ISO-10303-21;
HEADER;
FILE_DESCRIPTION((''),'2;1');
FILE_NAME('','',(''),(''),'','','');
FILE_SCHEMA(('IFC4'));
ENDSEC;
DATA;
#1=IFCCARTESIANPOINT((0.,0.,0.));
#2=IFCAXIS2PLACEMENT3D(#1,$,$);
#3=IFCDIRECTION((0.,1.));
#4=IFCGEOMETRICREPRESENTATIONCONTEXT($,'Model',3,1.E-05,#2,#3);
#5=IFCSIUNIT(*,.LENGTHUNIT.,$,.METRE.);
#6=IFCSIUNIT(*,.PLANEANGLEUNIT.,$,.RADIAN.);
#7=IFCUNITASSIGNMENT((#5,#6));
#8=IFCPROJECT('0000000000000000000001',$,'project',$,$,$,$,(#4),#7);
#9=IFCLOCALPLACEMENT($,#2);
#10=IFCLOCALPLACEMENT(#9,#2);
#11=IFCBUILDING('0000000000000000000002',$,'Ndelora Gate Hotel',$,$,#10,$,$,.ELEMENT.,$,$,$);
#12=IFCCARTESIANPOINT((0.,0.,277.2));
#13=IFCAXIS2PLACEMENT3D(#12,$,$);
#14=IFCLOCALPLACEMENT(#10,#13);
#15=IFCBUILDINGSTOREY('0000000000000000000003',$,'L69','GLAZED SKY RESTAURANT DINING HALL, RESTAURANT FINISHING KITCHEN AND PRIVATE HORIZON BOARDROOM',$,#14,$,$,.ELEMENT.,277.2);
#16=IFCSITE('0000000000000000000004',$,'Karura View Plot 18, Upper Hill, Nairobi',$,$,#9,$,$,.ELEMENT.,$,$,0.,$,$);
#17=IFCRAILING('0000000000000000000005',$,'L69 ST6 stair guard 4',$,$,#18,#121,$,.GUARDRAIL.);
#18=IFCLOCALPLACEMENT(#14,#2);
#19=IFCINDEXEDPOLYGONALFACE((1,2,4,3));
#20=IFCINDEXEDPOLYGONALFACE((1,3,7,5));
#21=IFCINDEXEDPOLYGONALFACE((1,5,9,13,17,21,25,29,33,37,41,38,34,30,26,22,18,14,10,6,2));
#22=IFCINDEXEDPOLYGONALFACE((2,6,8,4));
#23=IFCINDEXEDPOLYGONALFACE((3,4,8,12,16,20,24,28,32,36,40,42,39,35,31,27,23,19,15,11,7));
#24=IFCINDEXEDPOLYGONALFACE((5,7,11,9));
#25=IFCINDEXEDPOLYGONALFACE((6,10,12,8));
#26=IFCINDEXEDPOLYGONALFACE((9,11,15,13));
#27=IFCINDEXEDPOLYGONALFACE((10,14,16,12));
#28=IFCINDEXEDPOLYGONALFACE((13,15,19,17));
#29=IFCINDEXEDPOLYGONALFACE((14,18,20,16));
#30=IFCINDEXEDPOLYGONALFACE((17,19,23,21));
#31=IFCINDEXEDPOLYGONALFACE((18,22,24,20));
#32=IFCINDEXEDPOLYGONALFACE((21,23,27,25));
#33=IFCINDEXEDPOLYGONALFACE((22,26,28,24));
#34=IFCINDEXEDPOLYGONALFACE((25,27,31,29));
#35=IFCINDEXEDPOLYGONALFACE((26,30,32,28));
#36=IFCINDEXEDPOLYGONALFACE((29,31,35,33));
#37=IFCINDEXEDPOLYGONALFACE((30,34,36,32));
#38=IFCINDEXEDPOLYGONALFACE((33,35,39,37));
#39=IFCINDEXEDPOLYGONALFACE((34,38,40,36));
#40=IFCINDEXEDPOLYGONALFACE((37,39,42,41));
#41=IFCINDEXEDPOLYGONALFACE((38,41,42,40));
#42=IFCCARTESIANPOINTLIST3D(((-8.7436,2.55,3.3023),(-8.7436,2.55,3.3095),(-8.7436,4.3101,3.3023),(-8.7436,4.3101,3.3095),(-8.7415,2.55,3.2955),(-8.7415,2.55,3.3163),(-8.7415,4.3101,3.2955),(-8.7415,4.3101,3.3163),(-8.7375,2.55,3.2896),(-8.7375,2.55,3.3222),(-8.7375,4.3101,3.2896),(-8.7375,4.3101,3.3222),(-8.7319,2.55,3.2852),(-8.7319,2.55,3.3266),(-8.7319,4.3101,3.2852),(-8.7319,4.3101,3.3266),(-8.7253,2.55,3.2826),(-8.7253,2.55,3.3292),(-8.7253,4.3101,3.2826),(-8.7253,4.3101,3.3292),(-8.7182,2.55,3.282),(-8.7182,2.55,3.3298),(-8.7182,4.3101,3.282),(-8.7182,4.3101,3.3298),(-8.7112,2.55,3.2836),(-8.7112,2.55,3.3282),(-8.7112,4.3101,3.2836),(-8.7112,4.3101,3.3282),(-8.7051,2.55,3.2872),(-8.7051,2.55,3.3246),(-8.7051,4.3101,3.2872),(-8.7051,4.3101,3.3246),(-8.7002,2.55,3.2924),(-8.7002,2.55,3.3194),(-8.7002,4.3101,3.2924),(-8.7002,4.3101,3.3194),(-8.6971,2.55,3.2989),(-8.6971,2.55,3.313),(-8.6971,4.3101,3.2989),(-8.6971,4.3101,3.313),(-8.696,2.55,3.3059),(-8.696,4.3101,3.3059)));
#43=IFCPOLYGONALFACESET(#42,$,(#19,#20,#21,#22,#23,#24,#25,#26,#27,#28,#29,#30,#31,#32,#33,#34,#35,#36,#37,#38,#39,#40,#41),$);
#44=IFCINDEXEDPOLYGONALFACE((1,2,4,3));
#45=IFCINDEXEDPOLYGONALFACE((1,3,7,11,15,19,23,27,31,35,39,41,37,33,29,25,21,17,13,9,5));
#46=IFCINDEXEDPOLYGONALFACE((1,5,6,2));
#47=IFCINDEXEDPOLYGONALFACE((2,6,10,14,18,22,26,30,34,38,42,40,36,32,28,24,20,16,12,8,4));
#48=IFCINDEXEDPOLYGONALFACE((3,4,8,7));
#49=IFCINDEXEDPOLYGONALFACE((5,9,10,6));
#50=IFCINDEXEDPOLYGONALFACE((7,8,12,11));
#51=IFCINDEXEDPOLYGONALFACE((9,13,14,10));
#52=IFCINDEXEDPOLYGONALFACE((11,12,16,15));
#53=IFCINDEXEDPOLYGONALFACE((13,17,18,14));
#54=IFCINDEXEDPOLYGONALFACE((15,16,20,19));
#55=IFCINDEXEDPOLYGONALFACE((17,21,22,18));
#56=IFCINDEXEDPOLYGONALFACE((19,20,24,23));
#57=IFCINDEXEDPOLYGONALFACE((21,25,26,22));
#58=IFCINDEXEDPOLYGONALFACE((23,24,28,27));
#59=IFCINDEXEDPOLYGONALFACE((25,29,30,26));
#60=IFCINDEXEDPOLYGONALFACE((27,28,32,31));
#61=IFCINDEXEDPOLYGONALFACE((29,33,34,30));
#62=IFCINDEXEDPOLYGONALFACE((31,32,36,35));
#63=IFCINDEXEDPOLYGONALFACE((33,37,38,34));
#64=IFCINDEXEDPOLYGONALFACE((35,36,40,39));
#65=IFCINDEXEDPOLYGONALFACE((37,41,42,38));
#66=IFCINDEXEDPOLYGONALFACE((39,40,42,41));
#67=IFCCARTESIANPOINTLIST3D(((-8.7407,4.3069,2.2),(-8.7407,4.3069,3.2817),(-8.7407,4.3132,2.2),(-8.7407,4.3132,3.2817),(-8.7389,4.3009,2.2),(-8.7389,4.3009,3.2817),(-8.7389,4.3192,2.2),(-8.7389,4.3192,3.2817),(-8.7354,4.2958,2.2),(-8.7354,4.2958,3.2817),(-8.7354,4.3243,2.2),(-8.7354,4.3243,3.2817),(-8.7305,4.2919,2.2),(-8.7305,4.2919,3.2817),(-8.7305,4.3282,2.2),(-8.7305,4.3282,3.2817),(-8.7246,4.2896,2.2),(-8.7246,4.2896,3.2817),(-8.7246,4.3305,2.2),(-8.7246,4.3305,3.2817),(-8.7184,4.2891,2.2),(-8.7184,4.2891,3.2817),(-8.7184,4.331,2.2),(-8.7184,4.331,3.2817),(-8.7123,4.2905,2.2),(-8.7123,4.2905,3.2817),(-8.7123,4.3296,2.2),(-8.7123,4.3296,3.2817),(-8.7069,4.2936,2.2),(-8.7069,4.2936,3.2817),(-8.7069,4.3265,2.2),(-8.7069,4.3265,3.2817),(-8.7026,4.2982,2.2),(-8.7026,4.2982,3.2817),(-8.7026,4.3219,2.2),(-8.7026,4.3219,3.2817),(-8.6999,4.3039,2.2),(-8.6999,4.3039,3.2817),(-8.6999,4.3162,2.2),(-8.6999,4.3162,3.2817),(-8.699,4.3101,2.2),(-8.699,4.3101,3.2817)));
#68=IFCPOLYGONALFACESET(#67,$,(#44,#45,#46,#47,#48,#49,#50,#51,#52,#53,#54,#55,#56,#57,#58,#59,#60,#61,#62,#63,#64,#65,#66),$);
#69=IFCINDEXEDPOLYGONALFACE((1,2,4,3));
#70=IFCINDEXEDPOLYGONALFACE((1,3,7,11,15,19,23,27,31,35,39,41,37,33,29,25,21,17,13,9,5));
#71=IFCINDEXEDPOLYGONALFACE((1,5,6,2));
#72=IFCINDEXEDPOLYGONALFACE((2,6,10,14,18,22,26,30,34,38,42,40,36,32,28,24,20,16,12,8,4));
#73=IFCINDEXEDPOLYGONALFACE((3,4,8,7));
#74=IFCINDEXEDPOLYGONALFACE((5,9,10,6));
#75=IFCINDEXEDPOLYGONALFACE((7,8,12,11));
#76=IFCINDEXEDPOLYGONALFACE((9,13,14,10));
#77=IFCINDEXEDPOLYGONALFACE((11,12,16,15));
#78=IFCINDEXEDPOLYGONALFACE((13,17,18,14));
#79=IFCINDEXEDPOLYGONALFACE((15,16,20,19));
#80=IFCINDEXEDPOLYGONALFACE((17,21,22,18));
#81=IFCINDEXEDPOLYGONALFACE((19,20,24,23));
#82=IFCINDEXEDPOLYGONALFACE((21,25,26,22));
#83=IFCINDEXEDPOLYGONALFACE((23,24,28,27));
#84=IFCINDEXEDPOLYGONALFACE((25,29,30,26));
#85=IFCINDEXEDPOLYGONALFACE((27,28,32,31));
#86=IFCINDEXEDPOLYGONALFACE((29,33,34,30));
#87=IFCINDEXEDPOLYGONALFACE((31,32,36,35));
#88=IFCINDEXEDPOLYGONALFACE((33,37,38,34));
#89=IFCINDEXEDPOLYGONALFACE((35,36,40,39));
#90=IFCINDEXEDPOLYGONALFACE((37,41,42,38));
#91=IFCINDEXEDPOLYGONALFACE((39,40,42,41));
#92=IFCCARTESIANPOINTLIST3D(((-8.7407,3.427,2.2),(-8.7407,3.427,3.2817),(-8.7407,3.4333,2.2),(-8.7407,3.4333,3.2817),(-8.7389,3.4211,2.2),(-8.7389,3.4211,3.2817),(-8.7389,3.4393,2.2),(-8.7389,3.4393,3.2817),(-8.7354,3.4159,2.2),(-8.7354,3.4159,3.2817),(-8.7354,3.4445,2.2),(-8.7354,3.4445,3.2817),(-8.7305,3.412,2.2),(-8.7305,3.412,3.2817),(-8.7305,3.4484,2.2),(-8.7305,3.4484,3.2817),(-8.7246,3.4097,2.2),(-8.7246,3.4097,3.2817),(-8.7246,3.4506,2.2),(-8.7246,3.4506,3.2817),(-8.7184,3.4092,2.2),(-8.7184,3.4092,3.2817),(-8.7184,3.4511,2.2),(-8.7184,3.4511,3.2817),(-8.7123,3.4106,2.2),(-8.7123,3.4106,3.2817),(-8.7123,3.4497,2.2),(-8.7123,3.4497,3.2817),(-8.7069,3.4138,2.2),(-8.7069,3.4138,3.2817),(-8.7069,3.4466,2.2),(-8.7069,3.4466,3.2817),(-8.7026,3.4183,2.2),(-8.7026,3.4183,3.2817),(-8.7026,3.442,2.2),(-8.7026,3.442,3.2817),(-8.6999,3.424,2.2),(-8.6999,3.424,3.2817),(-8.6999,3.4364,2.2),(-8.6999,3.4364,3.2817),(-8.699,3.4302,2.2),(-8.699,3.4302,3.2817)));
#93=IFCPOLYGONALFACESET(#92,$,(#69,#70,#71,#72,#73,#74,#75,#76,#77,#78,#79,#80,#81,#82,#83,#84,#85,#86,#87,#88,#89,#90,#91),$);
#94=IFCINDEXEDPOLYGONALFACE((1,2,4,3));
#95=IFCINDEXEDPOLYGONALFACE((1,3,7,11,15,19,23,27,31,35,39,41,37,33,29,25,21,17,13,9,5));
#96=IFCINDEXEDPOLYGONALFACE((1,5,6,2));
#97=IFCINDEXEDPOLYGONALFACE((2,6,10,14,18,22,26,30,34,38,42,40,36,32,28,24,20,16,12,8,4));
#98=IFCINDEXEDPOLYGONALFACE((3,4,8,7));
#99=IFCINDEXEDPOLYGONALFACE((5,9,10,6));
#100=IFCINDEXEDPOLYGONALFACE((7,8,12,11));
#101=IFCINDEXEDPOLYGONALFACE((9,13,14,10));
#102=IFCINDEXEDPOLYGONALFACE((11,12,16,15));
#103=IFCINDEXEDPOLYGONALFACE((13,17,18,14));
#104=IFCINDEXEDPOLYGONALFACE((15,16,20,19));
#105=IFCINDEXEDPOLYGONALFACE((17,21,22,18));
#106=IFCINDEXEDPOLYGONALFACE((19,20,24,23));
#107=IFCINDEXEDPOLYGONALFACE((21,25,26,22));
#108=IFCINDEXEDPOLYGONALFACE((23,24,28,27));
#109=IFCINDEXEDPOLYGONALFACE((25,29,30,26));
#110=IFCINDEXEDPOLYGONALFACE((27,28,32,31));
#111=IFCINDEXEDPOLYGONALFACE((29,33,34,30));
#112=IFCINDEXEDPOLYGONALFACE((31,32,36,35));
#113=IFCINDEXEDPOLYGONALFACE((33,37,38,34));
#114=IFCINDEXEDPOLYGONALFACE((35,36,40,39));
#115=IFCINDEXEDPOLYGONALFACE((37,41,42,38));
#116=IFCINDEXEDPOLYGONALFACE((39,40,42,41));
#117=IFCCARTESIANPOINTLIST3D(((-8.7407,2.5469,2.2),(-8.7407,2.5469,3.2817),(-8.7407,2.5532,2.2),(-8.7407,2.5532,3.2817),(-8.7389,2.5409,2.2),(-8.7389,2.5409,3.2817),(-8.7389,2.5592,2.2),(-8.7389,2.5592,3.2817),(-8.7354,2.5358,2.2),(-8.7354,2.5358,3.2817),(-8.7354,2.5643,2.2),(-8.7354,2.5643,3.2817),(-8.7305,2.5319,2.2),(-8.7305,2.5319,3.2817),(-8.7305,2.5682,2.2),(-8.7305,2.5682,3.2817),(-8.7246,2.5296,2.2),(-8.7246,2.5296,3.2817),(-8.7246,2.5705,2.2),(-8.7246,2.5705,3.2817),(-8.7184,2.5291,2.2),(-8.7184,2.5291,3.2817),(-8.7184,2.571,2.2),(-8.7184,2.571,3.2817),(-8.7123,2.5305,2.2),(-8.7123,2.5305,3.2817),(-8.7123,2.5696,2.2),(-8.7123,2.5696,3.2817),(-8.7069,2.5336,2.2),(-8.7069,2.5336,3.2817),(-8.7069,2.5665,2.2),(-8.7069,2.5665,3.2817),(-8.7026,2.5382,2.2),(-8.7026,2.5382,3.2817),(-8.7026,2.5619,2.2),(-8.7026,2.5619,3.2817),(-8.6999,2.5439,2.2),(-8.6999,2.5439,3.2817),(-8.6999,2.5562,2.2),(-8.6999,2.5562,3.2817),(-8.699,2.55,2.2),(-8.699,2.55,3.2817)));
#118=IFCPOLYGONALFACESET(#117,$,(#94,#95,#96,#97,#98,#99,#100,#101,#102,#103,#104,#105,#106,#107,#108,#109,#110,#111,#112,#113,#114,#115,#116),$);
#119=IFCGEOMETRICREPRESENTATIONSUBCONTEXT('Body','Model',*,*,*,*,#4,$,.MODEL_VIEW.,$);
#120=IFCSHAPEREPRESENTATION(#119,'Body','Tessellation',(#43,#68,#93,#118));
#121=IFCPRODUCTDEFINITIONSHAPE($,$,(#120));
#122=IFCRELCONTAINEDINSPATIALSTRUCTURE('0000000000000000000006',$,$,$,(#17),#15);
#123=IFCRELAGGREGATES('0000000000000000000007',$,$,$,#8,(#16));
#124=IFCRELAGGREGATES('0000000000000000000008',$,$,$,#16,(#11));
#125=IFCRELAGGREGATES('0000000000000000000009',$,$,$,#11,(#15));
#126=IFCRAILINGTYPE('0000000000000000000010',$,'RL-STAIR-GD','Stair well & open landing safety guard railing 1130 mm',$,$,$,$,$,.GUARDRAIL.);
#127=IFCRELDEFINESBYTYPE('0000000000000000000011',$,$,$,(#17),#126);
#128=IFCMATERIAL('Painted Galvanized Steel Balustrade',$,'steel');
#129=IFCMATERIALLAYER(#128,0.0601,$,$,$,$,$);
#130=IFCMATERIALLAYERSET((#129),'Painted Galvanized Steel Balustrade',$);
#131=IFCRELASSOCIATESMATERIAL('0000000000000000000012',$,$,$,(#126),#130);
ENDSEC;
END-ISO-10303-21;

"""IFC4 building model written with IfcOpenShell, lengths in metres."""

from ifc_helpers import new_model, si_unit, direction, frame, origin, origin_2d, place, context, subcontext, project, spatial, circle, extrude, material, layer, layer_set, type_object, element, save


model = new_model("IFC4")

# Units and contexts
model_context = context("Model", 3, precision=1e-05, world=origin(), true_north=direction((0.0, 1.0)))
body_context = subcontext(model_context, "Body", "Model", "MODEL_VIEW")
ifc_project = project(units=[si_unit("LENGTHUNIT", "METRE"), si_unit("PLANEANGLEUNIT", "RADIAN")], contexts=[model_context])

# Site, building, storey
site_placement = place(None, origin())
site = spatial("IfcSite", under=ifc_project, at=site_placement, Name="Karura View Plot 18, Upper Hill, Nairobi", CompositionType="ELEMENT", RefElevation=0.0)
building_placement = place(site_placement, origin())
building = spatial("IfcBuilding", under=site, at=building_placement, Name="Ndelora Gate Hotel", CompositionType="ELEMENT")
storey_placement = place(building_placement, frame((0.0, 0.0, 277.2)))
storey = spatial("IfcBuildingStorey", under=building, at=storey_placement, Name="L69", Description="GLAZED SKY RESTAURANT DINING HALL, RESTAURANT FINISHING KITCHEN AND PRIVATE HORIZON BOARDROOM", CompositionType="ELEMENT", Elevation=277.2)

# Railing
ifc_material_1 = material(Name="Painted Galvanized Steel Balustrade", Category="steel")
ifc_layer_1 = layer(ifc_material_1, 0.0601)
ifc_layer_set_1 = layer_set([ifc_layer_1], Name="Painted Galvanized Steel Balustrade")
railing_type_1 = type_object("IfcRailingType", Name="RL-STAIR-GD", Description="Stair well & open landing safety guard railing 1130 mm", PredefinedType="GUARDRAIL", material=ifc_layer_set_1)
railing_1_placement = place(storey_placement, frame((-8.72, 4.3101, 2.2)))
element("IfcRailing", 1, at=railing_1_placement, inside=storey, type_object=railing_type_1, Name="L69 ST6 stair guard 4", PredefinedType="GUARDRAIL", context=body_context, shape_type="SweptSolid", body=[
    extrude(circle(Radius=0.0239, at=origin_2d()), frame((0.0, 0.0, 1.106), z_axis=(0.0, -1.0, 0.0), x_axis=(1.0, 0.0, 0.0)), (0.0, 0.0, 1.0), 1.76),
    extrude(circle(Radius=0.021, at=origin_2d()), origin(), (0.0, 0.0, 1.0), 1.0818),
    extrude(circle(Radius=0.021, at=origin_2d()), frame((0.0, -0.8799, 0.0)), (0.0, 0.0, 1.0), 1.0818),
    extrude(circle(Radius=0.021, at=origin_2d()), frame((0.0, -1.76, 0.0)), (0.0, 0.0, 1.0), 1.0818),
])

save(model, "model.ifc")
